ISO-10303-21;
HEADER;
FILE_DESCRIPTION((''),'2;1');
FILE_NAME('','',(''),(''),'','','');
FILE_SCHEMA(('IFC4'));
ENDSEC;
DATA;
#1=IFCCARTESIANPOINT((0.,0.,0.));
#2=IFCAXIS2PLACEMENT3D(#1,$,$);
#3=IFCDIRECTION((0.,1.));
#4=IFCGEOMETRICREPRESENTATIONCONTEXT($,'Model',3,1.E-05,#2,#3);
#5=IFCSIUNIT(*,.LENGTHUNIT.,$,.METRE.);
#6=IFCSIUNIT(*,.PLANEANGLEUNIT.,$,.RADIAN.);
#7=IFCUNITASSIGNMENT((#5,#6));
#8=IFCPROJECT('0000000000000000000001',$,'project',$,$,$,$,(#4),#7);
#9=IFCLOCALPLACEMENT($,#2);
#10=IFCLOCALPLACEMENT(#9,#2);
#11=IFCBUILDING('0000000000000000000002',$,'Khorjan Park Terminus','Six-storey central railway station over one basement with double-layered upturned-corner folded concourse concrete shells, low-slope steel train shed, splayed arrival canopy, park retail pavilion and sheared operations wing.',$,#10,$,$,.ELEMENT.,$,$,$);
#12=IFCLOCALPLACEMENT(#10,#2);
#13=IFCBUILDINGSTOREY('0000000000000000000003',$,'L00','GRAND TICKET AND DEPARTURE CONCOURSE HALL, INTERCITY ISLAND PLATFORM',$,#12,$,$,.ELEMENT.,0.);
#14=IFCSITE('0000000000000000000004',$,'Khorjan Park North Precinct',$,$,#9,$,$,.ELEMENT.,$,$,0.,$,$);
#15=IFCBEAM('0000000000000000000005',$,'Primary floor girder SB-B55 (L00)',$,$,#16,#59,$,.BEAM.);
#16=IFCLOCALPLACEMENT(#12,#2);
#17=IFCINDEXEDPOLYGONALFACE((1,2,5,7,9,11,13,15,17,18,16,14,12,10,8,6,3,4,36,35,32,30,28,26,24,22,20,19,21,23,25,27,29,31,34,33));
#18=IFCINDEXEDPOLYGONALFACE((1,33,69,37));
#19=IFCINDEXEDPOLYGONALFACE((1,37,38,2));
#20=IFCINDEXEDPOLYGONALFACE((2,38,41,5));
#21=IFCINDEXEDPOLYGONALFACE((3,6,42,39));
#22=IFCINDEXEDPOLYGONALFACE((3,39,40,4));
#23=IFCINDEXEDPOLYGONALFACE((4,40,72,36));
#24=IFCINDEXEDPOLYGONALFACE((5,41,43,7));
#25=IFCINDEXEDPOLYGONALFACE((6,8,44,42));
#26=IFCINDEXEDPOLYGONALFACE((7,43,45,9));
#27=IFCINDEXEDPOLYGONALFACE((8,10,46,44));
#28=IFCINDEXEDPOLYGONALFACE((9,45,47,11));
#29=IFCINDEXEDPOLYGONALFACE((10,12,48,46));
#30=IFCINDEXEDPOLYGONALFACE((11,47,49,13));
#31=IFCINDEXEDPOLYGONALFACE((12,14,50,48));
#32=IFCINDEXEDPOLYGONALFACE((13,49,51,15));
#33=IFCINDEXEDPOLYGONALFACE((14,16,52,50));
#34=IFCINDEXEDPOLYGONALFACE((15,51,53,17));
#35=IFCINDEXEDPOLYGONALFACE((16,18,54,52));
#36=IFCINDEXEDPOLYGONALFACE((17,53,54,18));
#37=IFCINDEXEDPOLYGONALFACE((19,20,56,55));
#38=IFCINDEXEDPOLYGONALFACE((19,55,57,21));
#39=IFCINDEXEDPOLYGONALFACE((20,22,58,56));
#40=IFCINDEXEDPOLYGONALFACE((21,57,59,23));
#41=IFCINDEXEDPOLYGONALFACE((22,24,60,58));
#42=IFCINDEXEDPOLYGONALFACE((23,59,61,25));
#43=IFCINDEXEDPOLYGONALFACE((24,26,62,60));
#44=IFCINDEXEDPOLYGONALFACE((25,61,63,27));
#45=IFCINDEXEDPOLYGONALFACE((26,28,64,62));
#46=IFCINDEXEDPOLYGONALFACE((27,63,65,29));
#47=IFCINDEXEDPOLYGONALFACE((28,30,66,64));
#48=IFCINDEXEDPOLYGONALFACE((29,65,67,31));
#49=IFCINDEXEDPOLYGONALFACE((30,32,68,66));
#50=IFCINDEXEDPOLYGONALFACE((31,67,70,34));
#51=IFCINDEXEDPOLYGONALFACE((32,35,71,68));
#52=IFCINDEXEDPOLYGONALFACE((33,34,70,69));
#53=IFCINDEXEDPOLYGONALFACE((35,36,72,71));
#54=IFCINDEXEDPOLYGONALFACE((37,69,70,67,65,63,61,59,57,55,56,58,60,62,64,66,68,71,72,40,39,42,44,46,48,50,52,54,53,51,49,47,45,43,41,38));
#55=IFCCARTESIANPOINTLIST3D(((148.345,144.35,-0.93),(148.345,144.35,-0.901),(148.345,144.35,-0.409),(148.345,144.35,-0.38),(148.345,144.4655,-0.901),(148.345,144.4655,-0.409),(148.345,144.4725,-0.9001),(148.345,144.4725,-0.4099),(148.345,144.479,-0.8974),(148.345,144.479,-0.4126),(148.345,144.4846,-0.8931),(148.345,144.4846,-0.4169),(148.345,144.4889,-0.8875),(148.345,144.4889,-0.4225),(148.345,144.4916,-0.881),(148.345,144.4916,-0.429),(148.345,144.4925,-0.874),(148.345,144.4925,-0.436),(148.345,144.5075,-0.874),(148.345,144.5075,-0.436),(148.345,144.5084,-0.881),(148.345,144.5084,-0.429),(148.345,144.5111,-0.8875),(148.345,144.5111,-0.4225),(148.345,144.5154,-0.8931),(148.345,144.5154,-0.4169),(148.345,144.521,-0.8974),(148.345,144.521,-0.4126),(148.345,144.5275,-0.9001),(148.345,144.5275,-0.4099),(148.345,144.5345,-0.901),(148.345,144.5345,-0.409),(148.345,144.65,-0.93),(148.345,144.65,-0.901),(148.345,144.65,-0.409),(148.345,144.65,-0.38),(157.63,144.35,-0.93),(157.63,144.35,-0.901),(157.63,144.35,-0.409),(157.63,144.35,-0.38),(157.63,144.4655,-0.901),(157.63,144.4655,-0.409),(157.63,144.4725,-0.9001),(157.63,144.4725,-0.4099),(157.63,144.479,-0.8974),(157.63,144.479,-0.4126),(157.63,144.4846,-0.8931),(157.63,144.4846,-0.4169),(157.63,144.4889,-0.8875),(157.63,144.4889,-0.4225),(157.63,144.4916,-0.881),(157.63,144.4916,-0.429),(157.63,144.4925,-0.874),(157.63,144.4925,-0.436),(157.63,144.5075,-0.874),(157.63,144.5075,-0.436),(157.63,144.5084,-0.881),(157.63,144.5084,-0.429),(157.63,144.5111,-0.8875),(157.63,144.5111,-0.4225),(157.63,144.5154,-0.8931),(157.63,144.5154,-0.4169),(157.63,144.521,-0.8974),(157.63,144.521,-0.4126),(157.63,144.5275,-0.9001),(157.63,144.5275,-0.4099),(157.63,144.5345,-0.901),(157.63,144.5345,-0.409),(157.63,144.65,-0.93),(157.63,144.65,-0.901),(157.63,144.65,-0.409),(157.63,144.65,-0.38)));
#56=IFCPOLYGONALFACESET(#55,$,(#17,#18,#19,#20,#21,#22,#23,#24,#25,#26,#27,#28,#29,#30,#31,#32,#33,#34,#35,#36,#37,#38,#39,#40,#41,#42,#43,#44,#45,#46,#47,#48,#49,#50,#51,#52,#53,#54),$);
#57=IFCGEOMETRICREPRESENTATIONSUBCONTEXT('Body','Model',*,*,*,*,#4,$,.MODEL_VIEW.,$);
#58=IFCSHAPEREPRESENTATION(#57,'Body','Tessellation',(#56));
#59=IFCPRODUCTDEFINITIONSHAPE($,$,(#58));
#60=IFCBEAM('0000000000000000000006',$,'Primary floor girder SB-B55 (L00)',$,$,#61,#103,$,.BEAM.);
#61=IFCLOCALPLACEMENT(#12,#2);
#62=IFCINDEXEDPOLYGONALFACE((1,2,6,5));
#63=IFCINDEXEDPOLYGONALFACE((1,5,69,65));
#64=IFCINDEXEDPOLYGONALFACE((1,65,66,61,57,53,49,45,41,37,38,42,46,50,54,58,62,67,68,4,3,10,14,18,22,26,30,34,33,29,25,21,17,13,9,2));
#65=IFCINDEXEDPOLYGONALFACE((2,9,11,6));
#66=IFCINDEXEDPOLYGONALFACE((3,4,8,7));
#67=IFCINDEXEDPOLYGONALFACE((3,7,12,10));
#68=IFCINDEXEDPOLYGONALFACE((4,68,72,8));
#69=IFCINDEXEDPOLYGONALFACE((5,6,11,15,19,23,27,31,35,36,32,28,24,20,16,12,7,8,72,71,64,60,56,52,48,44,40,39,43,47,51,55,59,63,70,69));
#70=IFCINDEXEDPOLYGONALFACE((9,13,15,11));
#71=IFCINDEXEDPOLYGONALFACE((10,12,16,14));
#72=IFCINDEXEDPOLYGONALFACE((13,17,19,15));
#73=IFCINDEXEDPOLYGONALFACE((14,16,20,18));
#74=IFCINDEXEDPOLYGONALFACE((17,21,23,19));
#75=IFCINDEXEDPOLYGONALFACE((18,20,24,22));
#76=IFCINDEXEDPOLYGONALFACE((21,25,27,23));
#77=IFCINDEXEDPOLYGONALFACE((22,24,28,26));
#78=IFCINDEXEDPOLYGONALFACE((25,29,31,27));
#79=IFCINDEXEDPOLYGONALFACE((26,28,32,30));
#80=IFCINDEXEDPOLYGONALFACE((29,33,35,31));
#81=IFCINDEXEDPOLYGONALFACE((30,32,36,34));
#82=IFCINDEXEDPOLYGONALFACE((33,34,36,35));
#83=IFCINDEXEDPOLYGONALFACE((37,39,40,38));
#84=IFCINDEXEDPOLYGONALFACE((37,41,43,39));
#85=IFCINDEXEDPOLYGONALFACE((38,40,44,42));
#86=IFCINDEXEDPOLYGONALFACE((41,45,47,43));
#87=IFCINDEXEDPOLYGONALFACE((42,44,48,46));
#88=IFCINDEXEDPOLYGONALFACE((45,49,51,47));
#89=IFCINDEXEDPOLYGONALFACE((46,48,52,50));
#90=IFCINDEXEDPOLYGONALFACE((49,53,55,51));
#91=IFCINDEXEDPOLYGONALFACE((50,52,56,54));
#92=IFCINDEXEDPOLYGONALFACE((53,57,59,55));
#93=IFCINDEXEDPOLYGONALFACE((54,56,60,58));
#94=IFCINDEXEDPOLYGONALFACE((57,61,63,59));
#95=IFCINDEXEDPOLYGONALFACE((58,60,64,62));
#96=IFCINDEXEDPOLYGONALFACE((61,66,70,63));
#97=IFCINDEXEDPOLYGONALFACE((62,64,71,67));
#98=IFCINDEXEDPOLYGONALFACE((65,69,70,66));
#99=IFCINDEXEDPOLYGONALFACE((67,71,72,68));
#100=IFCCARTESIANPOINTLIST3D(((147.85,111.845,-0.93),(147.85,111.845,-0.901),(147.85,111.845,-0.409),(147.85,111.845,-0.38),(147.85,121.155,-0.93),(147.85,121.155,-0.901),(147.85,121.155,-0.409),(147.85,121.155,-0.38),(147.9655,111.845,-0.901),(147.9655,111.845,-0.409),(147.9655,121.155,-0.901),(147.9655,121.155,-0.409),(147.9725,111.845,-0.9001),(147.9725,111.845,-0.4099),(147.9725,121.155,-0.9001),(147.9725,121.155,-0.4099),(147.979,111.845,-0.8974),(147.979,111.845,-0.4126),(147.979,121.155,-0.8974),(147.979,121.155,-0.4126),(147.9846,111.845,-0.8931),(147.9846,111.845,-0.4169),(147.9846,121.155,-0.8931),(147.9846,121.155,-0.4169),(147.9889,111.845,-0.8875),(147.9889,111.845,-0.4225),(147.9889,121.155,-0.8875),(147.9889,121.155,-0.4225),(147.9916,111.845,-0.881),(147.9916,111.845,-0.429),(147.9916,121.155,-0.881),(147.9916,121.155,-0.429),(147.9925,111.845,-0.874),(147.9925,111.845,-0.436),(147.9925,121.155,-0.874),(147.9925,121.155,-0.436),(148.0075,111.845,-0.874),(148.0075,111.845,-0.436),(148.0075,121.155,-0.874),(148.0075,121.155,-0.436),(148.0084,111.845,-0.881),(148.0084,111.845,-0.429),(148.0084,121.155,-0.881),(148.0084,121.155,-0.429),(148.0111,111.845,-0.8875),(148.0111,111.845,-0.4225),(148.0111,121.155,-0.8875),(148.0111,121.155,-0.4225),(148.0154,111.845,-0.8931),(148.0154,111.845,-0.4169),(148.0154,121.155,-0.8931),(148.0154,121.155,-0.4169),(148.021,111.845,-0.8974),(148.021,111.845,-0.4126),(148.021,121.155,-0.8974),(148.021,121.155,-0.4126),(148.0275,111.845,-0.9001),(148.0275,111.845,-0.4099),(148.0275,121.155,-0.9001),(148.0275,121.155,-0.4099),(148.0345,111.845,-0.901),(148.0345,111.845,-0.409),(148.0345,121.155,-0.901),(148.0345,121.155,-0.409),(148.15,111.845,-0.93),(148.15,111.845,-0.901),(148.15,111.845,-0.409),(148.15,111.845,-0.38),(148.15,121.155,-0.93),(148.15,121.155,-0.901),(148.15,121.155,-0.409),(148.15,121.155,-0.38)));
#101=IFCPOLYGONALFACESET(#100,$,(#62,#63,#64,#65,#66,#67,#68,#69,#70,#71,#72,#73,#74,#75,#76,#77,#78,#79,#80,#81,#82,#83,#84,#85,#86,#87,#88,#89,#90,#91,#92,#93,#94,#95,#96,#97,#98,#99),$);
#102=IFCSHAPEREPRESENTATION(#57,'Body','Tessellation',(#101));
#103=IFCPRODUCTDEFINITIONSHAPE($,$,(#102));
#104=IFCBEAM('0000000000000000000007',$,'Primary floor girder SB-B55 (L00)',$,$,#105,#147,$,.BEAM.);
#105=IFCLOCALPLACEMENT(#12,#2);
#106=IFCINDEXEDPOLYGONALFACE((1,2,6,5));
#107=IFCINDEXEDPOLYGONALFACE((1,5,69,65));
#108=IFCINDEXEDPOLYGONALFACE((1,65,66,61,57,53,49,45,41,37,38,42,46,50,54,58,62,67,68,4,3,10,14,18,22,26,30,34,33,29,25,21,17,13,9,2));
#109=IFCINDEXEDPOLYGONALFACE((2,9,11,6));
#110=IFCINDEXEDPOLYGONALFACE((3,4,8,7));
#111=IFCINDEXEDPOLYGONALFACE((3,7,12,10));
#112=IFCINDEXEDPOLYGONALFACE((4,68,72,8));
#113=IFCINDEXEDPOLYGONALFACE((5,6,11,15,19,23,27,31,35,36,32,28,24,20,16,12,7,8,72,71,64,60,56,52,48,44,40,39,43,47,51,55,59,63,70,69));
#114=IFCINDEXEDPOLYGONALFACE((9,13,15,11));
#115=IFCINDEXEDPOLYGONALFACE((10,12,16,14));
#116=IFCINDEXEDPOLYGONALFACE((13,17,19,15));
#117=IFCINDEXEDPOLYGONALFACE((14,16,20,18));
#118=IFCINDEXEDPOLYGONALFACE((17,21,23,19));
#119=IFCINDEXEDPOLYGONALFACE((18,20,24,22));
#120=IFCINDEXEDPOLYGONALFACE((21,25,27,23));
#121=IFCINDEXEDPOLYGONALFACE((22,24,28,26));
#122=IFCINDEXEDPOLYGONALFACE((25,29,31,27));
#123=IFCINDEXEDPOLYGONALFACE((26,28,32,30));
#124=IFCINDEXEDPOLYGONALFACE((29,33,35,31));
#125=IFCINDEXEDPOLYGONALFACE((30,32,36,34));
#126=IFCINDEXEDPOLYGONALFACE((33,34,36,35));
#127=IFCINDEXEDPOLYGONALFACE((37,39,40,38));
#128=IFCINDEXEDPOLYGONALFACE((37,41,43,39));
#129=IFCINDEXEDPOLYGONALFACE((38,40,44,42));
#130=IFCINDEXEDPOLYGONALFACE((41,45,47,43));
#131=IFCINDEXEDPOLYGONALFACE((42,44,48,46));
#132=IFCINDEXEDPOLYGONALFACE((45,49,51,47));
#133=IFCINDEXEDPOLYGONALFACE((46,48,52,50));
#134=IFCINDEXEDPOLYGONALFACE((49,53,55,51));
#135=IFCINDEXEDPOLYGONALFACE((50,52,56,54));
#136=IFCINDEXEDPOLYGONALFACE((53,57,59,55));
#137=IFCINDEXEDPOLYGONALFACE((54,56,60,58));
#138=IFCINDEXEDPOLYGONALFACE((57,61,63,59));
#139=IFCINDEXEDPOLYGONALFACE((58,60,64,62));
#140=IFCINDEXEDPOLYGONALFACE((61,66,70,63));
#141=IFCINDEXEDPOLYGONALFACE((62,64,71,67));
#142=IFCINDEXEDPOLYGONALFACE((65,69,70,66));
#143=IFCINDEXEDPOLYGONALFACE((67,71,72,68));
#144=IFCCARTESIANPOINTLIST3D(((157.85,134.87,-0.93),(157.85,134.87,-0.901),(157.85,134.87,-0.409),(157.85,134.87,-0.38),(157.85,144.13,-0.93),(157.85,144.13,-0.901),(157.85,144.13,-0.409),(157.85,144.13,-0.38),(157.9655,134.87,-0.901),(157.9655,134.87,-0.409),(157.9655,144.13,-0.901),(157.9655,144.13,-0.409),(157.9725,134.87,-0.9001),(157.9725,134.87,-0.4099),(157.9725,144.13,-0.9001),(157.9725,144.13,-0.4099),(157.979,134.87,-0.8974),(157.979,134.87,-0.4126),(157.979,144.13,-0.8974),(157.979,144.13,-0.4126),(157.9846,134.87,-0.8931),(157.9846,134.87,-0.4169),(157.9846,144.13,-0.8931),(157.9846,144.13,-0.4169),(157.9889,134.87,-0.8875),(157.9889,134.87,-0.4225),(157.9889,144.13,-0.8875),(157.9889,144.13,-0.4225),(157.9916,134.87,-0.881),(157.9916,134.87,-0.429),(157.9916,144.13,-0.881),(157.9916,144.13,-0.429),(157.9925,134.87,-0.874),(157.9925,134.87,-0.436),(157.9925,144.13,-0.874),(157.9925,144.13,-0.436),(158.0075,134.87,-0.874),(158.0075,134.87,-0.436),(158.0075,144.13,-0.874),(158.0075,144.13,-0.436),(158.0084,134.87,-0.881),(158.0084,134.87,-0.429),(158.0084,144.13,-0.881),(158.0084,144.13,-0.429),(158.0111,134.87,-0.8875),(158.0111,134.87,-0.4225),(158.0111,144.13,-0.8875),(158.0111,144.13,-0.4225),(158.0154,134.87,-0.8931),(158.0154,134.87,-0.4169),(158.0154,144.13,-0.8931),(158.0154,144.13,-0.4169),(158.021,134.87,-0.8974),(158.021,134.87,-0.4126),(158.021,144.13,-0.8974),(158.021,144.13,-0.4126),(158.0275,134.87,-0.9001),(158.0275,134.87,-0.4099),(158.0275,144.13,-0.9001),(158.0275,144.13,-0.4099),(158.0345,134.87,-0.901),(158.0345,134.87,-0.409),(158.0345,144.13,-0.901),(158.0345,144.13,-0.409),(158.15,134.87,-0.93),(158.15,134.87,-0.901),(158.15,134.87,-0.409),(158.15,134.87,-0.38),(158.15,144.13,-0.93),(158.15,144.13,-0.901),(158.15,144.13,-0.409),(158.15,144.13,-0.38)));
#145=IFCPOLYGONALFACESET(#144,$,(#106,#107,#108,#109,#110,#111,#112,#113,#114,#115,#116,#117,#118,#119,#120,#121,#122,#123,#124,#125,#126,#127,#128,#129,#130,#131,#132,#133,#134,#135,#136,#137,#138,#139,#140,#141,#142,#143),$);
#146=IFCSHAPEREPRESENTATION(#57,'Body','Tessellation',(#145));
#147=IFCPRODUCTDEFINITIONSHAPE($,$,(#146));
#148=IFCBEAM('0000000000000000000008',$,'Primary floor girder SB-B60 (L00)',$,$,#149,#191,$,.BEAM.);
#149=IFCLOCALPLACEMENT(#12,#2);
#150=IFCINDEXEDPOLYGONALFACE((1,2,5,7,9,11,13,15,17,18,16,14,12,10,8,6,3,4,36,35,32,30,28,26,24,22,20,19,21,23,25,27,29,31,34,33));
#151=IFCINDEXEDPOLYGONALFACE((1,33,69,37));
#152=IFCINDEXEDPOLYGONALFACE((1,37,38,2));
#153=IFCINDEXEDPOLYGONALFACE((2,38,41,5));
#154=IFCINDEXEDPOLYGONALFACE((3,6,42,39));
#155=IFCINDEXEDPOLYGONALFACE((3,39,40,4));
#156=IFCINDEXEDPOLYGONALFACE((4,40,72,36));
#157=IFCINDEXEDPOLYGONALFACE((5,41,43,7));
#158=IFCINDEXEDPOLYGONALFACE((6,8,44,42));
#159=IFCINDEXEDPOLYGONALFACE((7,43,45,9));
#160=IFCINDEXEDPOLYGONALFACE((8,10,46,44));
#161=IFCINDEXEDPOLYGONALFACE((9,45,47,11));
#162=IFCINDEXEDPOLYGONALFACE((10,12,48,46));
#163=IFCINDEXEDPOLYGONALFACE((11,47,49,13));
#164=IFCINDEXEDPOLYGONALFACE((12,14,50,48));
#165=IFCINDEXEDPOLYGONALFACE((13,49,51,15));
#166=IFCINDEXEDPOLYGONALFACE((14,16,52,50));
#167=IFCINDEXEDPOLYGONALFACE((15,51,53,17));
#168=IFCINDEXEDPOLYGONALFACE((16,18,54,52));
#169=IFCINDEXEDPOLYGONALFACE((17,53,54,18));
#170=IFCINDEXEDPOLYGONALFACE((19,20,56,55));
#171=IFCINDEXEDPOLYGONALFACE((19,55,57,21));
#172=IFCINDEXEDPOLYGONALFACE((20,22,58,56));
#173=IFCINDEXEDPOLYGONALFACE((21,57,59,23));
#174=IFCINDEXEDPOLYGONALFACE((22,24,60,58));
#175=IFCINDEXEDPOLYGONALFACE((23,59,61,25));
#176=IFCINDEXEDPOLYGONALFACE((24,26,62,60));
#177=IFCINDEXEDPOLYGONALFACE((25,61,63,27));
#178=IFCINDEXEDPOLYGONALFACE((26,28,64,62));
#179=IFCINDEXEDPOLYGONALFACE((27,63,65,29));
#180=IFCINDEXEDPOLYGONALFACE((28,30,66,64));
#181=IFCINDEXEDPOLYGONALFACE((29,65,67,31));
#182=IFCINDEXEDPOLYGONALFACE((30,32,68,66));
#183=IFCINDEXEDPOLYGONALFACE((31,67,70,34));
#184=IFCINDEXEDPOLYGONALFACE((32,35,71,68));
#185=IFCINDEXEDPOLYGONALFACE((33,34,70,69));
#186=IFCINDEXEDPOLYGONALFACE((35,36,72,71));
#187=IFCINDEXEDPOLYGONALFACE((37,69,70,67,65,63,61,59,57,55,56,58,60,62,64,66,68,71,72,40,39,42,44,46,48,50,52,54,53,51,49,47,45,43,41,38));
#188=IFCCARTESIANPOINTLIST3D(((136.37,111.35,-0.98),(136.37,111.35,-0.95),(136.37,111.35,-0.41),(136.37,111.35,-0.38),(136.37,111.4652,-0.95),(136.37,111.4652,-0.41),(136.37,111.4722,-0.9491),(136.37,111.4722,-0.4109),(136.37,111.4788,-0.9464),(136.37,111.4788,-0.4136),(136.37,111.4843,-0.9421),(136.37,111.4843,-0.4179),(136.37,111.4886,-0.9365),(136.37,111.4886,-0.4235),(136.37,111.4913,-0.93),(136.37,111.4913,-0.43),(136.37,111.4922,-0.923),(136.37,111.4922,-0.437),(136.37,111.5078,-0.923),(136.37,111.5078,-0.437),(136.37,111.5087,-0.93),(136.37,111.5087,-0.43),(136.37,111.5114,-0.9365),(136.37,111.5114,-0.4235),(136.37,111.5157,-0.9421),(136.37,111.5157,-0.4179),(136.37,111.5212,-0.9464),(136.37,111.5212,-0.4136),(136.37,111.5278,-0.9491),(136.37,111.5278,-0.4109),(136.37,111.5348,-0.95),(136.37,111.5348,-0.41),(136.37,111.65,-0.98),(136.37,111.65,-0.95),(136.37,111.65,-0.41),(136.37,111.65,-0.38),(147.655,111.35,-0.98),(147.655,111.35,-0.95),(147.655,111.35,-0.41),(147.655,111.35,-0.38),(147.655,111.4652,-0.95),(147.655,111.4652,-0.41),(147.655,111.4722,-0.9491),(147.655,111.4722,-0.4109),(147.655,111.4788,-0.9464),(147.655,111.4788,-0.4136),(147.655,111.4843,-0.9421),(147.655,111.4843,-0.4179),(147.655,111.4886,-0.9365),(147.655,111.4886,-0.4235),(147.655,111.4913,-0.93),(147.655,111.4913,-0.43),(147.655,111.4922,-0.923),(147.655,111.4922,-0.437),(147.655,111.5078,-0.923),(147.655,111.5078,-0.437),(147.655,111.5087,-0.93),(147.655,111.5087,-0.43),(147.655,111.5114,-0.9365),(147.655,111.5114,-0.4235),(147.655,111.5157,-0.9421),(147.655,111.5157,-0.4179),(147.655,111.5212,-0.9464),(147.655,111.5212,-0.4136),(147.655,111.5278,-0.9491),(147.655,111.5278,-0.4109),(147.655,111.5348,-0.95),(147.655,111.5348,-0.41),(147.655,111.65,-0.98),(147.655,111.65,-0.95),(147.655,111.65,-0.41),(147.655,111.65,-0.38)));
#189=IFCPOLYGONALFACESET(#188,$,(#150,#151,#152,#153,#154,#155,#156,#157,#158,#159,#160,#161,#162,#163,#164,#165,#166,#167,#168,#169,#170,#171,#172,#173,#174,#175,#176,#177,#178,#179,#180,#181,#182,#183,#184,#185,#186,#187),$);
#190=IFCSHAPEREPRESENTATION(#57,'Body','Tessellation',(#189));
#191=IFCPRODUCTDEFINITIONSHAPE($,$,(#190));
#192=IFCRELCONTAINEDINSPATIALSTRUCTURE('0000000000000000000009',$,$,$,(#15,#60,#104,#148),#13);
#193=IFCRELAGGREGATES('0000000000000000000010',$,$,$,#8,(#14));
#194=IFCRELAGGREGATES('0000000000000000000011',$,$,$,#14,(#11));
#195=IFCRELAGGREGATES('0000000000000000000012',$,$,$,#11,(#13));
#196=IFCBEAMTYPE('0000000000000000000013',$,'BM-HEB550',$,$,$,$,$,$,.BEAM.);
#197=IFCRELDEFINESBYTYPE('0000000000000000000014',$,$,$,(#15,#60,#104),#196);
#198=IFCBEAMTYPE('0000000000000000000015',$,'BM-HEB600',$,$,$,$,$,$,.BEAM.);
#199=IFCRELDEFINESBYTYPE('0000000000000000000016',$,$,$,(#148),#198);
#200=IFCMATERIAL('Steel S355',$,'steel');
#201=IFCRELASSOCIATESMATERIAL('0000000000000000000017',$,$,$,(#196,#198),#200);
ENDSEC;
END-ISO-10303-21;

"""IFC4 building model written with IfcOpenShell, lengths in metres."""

from ifc_helpers import new_model, si_unit, direction, frame, origin, origin_2d, place, context, subcontext, project, spatial, i_section, extrude, material, material_profile, profile_set, type_object, element, save


model = new_model("IFC4")

# Units and contexts
model_context = context("Model", 3, precision=1e-05, world=origin(), true_north=direction((0.0, 1.0)))
body_context = subcontext(model_context, "Body", "Model", "MODEL_VIEW")
ifc_project = project(units=[si_unit("LENGTHUNIT", "METRE"), si_unit("PLANEANGLEUNIT", "RADIAN")], contexts=[model_context])

# Site, building, storey
site_placement = place(None, origin())
site = spatial("IfcSite", under=ifc_project, at=site_placement, Name="Khorjan Park North Precinct", CompositionType="ELEMENT", RefElevation=0.0)
building_placement = place(site_placement, origin())
building = spatial("IfcBuilding", under=site, at=building_placement, Name="Khorjan Park Terminus", Description="Six-storey central railway station over one basement with double-layered upturned-corner folded concourse concrete shells, low-slope steel train shed, splayed arrival canopy, park retail pavilion and sheared operations wing.", CompositionType="ELEMENT")
storey_placement = place(building_placement, origin())
storey = spatial("IfcBuildingStorey", under=building, at=storey_placement, Name="L00", Description="GRAND TICKET AND DEPARTURE CONCOURSE HALL, INTERCITY ISLAND PLATFORM", CompositionType="ELEMENT", Elevation=0.0)

# Shared definitions
ifc_material_1 = material(Name="Steel S355", Category="steel")

# Beams
ifc_material_profile_1 = material_profile(ifc_material_1, i_section(OverallWidth=0.3, OverallDepth=0.55, WebThickness=0.015, FlangeThickness=0.029, FilletRadius=0.027, at=origin_2d()), Name="HEB 550")
ifc_profile_set_1 = profile_set([ifc_material_profile_1], Name="Steel S355")
beam_type_1 = type_object("IfcBeamType", Name="BM-HEB550", PredefinedType="BEAM", material=ifc_profile_set_1)
beam_1_placement = place(storey_placement, frame((148.345, 144.5, -0.655), z_axis=(1.0, 0.0, 0.0), x_axis=(0.0, 1.0, 0.0)))
element("IfcBeam", 1, at=beam_1_placement, inside=storey, type_object=beam_type_1, Name="Primary floor girder SB-B55 (L00)", PredefinedType="BEAM", context=body_context, shape_type="SweptSolid", body=[
    extrude(i_section(OverallWidth=0.3, OverallDepth=0.55, WebThickness=0.015, FlangeThickness=0.029, FilletRadius=0.027, at=origin_2d()), origin(), (0.0, 0.0, 1.0), 9.285),
])
beam_2_placement = place(storey_placement, frame((148.0, 111.845, -0.655), z_axis=(0.0, 1.0, 0.0), x_axis=(-1.0, 0.0, 0.0)))
element("IfcBeam", 2, at=beam_2_placement, inside=storey, type_object=beam_type_1, Name="Primary floor girder SB-B55 (L00)", PredefinedType="BEAM", context=body_context, shape_type="SweptSolid", body=[
    extrude(i_section(OverallWidth=0.3, OverallDepth=0.55, WebThickness=0.015, FlangeThickness=0.029, FilletRadius=0.027, at=origin_2d()), origin(), (0.0, 0.0, 1.0), 9.31),
])
beam_3_placement = place(storey_placement, frame((158.0, 134.87, -0.655), z_axis=(0.0, 1.0, 0.0), x_axis=(-1.0, 0.0, 0.0)))
element("IfcBeam", 3, at=beam_3_placement, inside=storey, type_object=beam_type_1, Name="Primary floor girder SB-B55 (L00)", PredefinedType="BEAM", context=body_context, shape_type="SweptSolid", body=[
    extrude(i_section(OverallWidth=0.3, OverallDepth=0.55, WebThickness=0.015, FlangeThickness=0.029, FilletRadius=0.027, at=origin_2d()), origin(), (0.0, 0.0, 1.0), 9.26),
])
ifc_material_profile_2 = material_profile(ifc_material_1, i_section(OverallWidth=0.3, OverallDepth=0.6, WebThickness=0.0155, FlangeThickness=0.03, FilletRadius=0.027, at=origin_2d()), Name="HEB 600")
ifc_profile_set_2 = profile_set([ifc_material_profile_2], Name="Steel S355")
beam_type_2 = type_object("IfcBeamType", Name="BM-HEB600", PredefinedType="BEAM", material=ifc_profile_set_2)
for number, where, z_axis, x_axis, name in (
    (4, (136.37, 111.5, -0.68), (1.0, 0.0, 0.0), (0.0, 1.0, 0.0), "Primary floor girder SB-B60 (L00)"),
):
    element("IfcBeam", number, at=place(storey_placement, frame(where, z_axis=z_axis, x_axis=x_axis)), inside=storey, type_object=beam_type_2, Name=name, PredefinedType="BEAM", context=body_context, shape_type="SweptSolid", body=[
        extrude(i_section(OverallWidth=0.3, OverallDepth=0.6, WebThickness=0.0155, FlangeThickness=0.03, FilletRadius=0.027, at=origin_2d()), origin(), (0.0, 0.0, 1.0), 11.285),
    ])

save(model, "model.ifc")
